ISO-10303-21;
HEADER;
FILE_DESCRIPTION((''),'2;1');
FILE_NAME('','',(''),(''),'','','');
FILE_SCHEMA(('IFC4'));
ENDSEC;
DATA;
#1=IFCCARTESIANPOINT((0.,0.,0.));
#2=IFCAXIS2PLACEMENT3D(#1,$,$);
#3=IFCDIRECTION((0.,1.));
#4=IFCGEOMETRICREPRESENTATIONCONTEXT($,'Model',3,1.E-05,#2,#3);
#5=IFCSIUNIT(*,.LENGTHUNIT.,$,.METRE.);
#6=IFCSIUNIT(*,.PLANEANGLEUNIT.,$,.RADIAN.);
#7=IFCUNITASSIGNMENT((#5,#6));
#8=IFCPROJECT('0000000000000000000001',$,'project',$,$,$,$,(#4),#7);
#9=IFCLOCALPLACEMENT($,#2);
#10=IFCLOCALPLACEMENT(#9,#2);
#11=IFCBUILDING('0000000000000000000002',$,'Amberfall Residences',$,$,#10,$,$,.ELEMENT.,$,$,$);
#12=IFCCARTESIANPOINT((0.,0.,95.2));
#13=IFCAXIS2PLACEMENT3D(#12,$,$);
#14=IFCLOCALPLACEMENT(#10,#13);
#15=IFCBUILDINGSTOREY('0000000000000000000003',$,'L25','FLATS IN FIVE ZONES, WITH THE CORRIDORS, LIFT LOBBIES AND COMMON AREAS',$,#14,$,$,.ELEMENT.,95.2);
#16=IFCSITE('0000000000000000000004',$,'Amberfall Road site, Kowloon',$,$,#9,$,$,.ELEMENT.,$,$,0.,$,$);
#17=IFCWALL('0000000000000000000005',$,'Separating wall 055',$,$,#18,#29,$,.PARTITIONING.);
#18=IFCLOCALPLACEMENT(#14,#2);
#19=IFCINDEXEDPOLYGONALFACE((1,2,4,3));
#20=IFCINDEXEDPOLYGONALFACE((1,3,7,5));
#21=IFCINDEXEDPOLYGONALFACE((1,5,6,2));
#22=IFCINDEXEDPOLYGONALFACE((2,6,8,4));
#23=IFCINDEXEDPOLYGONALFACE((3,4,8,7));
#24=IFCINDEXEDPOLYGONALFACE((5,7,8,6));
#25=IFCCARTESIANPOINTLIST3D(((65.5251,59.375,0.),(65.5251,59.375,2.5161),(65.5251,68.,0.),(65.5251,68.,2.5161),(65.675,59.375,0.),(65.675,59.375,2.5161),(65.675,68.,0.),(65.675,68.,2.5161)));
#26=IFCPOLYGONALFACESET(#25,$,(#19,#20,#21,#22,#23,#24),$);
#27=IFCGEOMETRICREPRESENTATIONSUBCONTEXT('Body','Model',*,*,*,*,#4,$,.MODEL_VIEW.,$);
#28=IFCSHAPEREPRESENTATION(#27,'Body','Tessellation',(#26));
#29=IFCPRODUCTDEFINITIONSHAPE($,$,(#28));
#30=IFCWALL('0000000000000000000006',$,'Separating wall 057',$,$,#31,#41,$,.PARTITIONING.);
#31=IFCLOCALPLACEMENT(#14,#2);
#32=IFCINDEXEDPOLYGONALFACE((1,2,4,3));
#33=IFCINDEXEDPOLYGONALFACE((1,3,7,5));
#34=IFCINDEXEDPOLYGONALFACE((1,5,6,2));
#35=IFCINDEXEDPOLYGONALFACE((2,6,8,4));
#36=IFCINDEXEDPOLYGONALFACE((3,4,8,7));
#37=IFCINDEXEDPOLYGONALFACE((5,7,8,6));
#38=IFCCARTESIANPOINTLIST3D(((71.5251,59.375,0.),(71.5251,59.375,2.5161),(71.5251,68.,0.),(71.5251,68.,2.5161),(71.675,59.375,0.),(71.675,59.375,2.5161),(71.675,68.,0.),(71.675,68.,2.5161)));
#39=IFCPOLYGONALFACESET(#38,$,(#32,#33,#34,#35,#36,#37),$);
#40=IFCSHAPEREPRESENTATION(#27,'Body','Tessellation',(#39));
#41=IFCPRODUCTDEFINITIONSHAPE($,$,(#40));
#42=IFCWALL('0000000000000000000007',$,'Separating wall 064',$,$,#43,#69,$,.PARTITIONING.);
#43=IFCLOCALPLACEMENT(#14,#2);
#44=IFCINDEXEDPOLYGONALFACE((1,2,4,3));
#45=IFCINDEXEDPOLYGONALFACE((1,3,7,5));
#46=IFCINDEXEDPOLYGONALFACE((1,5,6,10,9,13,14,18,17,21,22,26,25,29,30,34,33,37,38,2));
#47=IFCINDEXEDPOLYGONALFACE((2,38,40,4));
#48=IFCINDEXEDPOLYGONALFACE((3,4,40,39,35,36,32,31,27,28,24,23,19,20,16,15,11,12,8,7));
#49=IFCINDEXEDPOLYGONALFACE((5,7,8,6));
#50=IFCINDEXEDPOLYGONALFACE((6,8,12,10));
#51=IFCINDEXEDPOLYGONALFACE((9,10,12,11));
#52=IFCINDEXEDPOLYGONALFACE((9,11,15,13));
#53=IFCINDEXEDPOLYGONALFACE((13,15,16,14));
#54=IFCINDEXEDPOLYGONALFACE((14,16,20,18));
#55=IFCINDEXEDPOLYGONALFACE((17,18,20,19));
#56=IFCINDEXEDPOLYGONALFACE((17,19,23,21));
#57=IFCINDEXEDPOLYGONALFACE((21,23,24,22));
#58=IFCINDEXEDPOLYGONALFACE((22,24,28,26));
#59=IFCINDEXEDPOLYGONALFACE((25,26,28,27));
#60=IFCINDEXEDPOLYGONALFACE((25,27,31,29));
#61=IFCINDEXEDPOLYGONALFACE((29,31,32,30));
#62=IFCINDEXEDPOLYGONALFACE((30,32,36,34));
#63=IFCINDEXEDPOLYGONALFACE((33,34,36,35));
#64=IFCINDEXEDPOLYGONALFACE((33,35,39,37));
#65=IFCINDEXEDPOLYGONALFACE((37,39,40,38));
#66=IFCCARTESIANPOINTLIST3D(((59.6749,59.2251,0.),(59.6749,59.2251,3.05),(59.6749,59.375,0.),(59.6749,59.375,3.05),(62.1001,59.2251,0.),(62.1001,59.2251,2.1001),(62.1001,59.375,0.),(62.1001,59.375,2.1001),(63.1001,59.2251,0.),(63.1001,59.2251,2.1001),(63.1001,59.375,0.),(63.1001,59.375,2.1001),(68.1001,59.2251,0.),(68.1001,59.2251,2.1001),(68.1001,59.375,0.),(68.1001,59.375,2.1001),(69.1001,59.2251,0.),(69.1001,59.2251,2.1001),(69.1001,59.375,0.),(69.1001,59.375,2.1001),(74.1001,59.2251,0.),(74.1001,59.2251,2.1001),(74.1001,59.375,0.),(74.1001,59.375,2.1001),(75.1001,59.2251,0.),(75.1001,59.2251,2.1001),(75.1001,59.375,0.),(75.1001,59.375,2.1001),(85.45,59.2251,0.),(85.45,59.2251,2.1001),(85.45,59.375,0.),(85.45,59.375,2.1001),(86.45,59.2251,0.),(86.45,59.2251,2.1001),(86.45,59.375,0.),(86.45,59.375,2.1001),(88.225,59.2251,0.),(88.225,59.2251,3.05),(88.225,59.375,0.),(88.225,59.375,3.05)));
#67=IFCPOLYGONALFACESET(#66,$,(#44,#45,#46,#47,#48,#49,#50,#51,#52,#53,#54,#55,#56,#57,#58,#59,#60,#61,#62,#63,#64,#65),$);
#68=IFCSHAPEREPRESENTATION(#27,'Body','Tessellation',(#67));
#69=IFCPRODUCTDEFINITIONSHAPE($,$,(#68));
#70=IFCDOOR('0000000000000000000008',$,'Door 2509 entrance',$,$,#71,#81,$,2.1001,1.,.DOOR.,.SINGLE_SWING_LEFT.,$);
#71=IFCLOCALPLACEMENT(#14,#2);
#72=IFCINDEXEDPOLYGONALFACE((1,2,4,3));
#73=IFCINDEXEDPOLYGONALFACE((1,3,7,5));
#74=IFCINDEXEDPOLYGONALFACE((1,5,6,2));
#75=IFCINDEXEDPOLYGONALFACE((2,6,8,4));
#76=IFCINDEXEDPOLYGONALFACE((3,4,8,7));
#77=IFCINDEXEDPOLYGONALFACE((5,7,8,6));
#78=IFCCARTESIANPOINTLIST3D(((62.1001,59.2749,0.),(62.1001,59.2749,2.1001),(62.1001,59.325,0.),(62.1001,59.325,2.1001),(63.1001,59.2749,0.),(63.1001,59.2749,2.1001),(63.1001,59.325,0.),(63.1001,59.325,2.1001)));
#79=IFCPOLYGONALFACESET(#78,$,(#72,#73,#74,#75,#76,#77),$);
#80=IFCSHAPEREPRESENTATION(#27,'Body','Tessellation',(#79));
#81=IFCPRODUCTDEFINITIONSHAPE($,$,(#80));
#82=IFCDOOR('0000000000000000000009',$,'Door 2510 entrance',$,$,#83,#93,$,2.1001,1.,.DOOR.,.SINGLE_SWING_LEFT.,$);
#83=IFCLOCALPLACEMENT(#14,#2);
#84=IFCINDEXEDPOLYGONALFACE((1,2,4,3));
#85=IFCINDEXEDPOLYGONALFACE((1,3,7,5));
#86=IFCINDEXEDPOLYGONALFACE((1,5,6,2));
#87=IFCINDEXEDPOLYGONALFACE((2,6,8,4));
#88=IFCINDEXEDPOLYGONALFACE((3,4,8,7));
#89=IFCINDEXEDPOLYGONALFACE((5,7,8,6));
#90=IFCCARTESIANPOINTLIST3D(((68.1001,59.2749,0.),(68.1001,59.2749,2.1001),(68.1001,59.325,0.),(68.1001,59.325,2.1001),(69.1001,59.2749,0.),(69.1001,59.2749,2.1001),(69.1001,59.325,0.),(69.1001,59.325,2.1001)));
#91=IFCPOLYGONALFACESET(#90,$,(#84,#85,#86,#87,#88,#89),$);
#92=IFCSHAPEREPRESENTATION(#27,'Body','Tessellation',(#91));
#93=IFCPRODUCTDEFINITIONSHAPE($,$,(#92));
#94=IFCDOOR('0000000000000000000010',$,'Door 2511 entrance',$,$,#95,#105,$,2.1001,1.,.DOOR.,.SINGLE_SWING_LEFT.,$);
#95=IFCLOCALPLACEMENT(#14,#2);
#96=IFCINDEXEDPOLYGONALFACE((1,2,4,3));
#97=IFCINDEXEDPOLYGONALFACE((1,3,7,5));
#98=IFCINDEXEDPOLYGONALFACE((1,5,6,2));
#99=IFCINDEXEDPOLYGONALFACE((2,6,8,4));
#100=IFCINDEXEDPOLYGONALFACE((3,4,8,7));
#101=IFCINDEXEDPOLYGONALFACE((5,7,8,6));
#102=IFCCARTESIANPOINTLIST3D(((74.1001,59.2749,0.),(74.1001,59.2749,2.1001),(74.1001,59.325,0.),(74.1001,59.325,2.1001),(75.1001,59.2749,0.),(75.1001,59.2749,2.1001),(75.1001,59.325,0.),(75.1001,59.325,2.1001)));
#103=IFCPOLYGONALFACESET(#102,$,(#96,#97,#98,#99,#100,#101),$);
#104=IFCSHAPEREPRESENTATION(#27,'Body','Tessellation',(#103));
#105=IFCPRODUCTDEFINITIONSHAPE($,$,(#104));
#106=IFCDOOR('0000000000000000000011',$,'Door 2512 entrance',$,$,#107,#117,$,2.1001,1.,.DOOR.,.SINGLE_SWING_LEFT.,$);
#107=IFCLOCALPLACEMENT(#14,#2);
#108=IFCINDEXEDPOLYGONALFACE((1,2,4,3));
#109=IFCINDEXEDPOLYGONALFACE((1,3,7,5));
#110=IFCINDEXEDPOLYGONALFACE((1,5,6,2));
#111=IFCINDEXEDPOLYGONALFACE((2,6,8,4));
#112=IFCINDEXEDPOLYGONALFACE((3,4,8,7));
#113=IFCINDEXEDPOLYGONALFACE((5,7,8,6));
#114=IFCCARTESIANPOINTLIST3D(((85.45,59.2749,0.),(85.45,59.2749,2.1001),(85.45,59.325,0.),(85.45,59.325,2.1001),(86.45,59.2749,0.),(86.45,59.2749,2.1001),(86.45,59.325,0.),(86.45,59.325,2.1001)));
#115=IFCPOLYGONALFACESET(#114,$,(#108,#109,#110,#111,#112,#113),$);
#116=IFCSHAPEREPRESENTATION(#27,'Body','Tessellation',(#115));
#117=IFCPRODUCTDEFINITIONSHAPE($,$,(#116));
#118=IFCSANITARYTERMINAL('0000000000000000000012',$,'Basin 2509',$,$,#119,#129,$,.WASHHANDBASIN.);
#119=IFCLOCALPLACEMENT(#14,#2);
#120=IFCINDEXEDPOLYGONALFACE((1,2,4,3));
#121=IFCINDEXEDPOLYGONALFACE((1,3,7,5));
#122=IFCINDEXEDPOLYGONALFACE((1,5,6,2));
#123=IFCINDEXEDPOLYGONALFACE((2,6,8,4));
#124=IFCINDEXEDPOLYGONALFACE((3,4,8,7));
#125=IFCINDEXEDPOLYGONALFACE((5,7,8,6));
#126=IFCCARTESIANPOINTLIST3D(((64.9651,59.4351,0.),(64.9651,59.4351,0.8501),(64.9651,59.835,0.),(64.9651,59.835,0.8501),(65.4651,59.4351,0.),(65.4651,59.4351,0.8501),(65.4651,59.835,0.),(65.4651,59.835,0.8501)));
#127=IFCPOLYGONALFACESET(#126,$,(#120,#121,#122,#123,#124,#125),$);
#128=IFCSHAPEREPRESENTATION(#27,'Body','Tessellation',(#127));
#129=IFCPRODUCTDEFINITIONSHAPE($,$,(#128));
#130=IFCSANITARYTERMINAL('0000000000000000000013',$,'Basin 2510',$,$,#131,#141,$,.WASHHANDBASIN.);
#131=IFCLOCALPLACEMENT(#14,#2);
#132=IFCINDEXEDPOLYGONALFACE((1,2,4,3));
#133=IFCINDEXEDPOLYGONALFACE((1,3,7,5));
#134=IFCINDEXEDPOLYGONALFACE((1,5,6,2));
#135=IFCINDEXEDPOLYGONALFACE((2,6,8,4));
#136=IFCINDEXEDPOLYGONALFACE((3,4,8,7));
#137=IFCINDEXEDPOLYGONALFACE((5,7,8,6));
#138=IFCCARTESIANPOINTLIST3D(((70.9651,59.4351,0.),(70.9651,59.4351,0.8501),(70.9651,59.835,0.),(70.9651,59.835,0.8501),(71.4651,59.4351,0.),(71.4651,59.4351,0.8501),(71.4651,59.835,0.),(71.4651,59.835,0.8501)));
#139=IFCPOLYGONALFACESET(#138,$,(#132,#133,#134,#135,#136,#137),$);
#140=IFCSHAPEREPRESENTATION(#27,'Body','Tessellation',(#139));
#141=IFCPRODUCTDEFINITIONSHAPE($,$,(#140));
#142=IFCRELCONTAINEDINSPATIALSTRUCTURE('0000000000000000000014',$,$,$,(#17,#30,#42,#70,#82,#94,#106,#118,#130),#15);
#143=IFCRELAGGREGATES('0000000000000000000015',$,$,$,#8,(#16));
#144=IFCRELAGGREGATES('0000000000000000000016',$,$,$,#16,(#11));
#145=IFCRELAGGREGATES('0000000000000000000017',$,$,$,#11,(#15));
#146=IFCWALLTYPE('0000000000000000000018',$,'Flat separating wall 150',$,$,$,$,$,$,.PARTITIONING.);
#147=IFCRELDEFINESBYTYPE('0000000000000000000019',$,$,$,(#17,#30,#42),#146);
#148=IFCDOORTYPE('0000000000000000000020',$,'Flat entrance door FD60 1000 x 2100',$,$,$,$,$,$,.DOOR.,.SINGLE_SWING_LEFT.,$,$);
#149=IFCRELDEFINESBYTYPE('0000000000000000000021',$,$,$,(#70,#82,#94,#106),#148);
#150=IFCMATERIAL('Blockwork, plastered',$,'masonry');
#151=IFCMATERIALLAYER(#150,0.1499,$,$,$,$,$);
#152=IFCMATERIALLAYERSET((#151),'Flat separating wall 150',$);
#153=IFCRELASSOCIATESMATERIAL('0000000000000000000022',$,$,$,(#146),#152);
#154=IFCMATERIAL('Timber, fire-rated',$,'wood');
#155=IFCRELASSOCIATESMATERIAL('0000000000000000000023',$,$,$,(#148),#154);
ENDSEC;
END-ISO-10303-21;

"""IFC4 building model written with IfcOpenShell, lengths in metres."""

from ifc_helpers import new_model, si_unit, direction, frame, frame_2d, origin, origin_2d, place, context, subcontext, project, spatial, rectangle, extrude, material, layer, layer_set, type_object, element, fill, save


model = new_model("IFC4")

# Units and contexts
model_context = context("Model", 3, precision=1e-05, world=origin(), true_north=direction((0.0, 1.0)))
body_context = subcontext(model_context, "Body", "Model", "MODEL_VIEW")
ifc_project = project(units=[si_unit("LENGTHUNIT", "METRE"), si_unit("PLANEANGLEUNIT", "RADIAN")], contexts=[model_context])

# Site, building, storey
site_placement = place(None, origin())
site = spatial("IfcSite", under=ifc_project, at=site_placement, Name="Amberfall Road site, Kowloon", CompositionType="ELEMENT", RefElevation=0.0)
building_placement = place(site_placement, origin())
building = spatial("IfcBuilding", under=site, at=building_placement, Name="Amberfall Residences", CompositionType="ELEMENT")
storey_placement = place(building_placement, frame((0.0, 0.0, 95.2)))
storey = spatial("IfcBuildingStorey", under=building, at=storey_placement, Name="L25", Description="FLATS IN FIVE ZONES, WITH THE CORRIDORS, LIFT LOBBIES AND COMMON AREAS", CompositionType="ELEMENT", Elevation=95.2)

# Walls
ifc_material_1 = material(Name="Blockwork, plastered", Category="masonry")
ifc_layer_1 = layer(ifc_material_1, 0.1499)
ifc_layer_set_1 = layer_set([ifc_layer_1], Name="Flat separating wall 150")
wall_type_1 = type_object("IfcWallType", Name="Flat separating wall 150", PredefinedType="PARTITIONING", material=ifc_layer_set_1)
for number, where, z_axis, x_axis, name in (
    (1, (65.6001, 59.375, 0.0), (0.0, 0.0, 1.0), (0.0, 1.0, 0.0), "Separating wall 055"),
    (2, (71.6001, 59.375, 0.0), (0.0, 0.0, 1.0), (0.0, 1.0, 0.0), "Separating wall 057"),
):
    element("IfcWall", number, at=place(storey_placement, frame(where, z_axis=z_axis, x_axis=x_axis)), inside=storey, type_object=wall_type_1, Name=name, PredefinedType="PARTITIONING", context=body_context, shape_type="SweptSolid", body=[
        extrude(rectangle(XDim=8.625, YDim=0.1499, at=frame_2d((4.3125, 0.0))), origin(), (0.0, 0.0, 1.0), 2.5161),
    ])

# Wall, openings, doors
wall_1_placement = place(storey_placement, frame((59.675, 59.3, 0.0), z_axis=(0.0, 0.0, 1.0), x_axis=(1.0, 0.0, 0.0)))
wall_1 = element("IfcWall", 3, at=wall_1_placement, inside=storey, type_object=wall_type_1, Name="Separating wall 064", PredefinedType="PARTITIONING", context=body_context, shape_type="SweptSolid", body=[
    extrude(rectangle(XDim=28.55, YDim=0.1499, at=frame_2d((14.2749, 0.0))), origin(), (0.0, 0.0, 1.0), 3.05),
])
opening_1_placement = place(wall_1_placement, frame((2.425, 0.0, 0.0)))
opening_1 = element("IfcOpeningElement", 4, at=opening_1_placement, cuts=wall_1, PredefinedType="OPENING", context=body_context, shape_type="SweptSolid", body=[
    extrude(rectangle(XDim=1.0, YDim=2.1001, at=frame_2d((0.5, 1.05))), frame((0.0, 0.085, 0.0), z_axis=(0.0, -1.0, 0.0), x_axis=(1.0, 0.0, 0.0)), (0.0, 0.0, 1.0), 0.1699),
])
opening_2_placement = place(wall_1_placement, frame((8.425, 0.0, 0.0)))
opening_2 = element("IfcOpeningElement", 5, at=opening_2_placement, cuts=wall_1, PredefinedType="OPENING", context=body_context, shape_type="SweptSolid", body=[
    extrude(rectangle(XDim=1.0, YDim=2.1001, at=frame_2d((0.5, 1.05))), frame((0.0, 0.085, 0.0), z_axis=(0.0, -1.0, 0.0), x_axis=(1.0, 0.0, 0.0)), (0.0, 0.0, 1.0), 0.1699),
])
opening_3_placement = place(wall_1_placement, frame((14.425, 0.0, 0.0)))
opening_3 = element("IfcOpeningElement", 6, at=opening_3_placement, cuts=wall_1, PredefinedType="OPENING", context=body_context, shape_type="SweptSolid", body=[
    extrude(rectangle(XDim=1.0, YDim=2.1001, at=frame_2d((0.5, 1.05))), frame((0.0, 0.085, 0.0), z_axis=(0.0, -1.0, 0.0), x_axis=(1.0, 0.0, 0.0)), (0.0, 0.0, 1.0), 0.1699),
])
opening_4_placement = place(wall_1_placement, frame((25.7749, 0.0, 0.0)))
opening_4 = element("IfcOpeningElement", 7, at=opening_4_placement, cuts=wall_1, PredefinedType="OPENING", context=body_context, shape_type="SweptSolid", body=[
    extrude(rectangle(XDim=1.0, YDim=2.1001, at=frame_2d((0.5, 1.05))), frame((0.0, 0.085, 0.0), z_axis=(0.0, -1.0, 0.0), x_axis=(1.0, 0.0, 0.0)), (0.0, 0.0, 1.0), 0.1699),
])
ifc_material_2 = material(Name="Timber, fire-rated", Category="wood")
door_type_1 = type_object("IfcDoorType", Name="Flat entrance door FD60 1000 x 2100", OperationType="SINGLE_SWING_LEFT", PredefinedType="DOOR", material=ifc_material_2)
door_1_placement = place(opening_1_placement, origin())
door_1 = element("IfcDoor", 8, at=door_1_placement, inside=storey, type_object=door_type_1, Name="Door 2509 entrance", OperationType="SINGLE_SWING_LEFT", OverallHeight=2.1001, OverallWidth=1.0, PredefinedType="DOOR", context=body_context, shape_type="SweptSolid", body=[
    extrude(rectangle(XDim=1.0, YDim=2.1001, at=frame_2d((0.5, 1.05))), frame((0.0, 0.0249, 0.0), z_axis=(0.0, -1.0, 0.0), x_axis=(1.0, 0.0, 0.0)), (0.0, 0.0, 1.0), 0.05),
])
fill(opening_1, door_1)
door_2_placement = place(opening_2_placement, origin())
door_2 = element("IfcDoor", 9, at=door_2_placement, inside=storey, type_object=door_type_1, Name="Door 2510 entrance", OperationType="SINGLE_SWING_LEFT", OverallHeight=2.1001, OverallWidth=1.0, PredefinedType="DOOR", context=body_context, shape_type="SweptSolid", body=[
    extrude(rectangle(XDim=1.0, YDim=2.1001, at=frame_2d((0.5, 1.05))), frame((0.0, 0.0249, 0.0), z_axis=(0.0, -1.0, 0.0), x_axis=(1.0, 0.0, 0.0)), (0.0, 0.0, 1.0), 0.05),
])
fill(opening_2, door_2)
door_3_placement = place(opening_3_placement, origin())
door_3 = element("IfcDoor", 10, at=door_3_placement, inside=storey, type_object=door_type_1, Name="Door 2511 entrance", OperationType="SINGLE_SWING_LEFT", OverallHeight=2.1001, OverallWidth=1.0, PredefinedType="DOOR", context=body_context, shape_type="SweptSolid", body=[
    extrude(rectangle(XDim=1.0, YDim=2.1001, at=frame_2d((0.5, 1.05))), frame((0.0, 0.0249, 0.0), z_axis=(0.0, -1.0, 0.0), x_axis=(1.0, 0.0, 0.0)), (0.0, 0.0, 1.0), 0.05),
])
fill(opening_3, door_3)
door_4_placement = place(opening_4_placement, origin())
door_4 = element("IfcDoor", 11, at=door_4_placement, inside=storey, type_object=door_type_1, Name="Door 2512 entrance", OperationType="SINGLE_SWING_LEFT", OverallHeight=2.1001, OverallWidth=1.0, PredefinedType="DOOR", context=body_context, shape_type="SweptSolid", body=[
    extrude(rectangle(XDim=1.0, YDim=2.1001, at=frame_2d((0.5, 1.05))), frame((0.0, 0.0249, 0.0), z_axis=(0.0, -1.0, 0.0), x_axis=(1.0, 0.0, 0.0)), (0.0, 0.0, 1.0), 0.05),
])
fill(opening_4, door_4)

# Sanitary terminals
for number, where, z_axis, x_axis, name in (
    (12, (65.2151, 59.635, 0.0), (0.0, 0.0, 1.0), (1.0, 0.0, 0.0), "Basin 2509"),
    (13, (71.2151, 59.635, 0.0), (0.0, 0.0, 1.0), (1.0, 0.0, 0.0), "Basin 2510"),
):
    element("IfcSanitaryTerminal", number, at=place(storey_placement, frame(where, z_axis=z_axis, x_axis=x_axis)), inside=storey, Name=name, PredefinedType="WASHHANDBASIN", context=body_context, shape_type="SweptSolid", body=[
        extrude(rectangle(XDim=0.5, YDim=0.3999, at=origin_2d()), origin(), (0.0, 0.0, 1.0), 0.8501),
    ])

save(model, "model.ifc")
